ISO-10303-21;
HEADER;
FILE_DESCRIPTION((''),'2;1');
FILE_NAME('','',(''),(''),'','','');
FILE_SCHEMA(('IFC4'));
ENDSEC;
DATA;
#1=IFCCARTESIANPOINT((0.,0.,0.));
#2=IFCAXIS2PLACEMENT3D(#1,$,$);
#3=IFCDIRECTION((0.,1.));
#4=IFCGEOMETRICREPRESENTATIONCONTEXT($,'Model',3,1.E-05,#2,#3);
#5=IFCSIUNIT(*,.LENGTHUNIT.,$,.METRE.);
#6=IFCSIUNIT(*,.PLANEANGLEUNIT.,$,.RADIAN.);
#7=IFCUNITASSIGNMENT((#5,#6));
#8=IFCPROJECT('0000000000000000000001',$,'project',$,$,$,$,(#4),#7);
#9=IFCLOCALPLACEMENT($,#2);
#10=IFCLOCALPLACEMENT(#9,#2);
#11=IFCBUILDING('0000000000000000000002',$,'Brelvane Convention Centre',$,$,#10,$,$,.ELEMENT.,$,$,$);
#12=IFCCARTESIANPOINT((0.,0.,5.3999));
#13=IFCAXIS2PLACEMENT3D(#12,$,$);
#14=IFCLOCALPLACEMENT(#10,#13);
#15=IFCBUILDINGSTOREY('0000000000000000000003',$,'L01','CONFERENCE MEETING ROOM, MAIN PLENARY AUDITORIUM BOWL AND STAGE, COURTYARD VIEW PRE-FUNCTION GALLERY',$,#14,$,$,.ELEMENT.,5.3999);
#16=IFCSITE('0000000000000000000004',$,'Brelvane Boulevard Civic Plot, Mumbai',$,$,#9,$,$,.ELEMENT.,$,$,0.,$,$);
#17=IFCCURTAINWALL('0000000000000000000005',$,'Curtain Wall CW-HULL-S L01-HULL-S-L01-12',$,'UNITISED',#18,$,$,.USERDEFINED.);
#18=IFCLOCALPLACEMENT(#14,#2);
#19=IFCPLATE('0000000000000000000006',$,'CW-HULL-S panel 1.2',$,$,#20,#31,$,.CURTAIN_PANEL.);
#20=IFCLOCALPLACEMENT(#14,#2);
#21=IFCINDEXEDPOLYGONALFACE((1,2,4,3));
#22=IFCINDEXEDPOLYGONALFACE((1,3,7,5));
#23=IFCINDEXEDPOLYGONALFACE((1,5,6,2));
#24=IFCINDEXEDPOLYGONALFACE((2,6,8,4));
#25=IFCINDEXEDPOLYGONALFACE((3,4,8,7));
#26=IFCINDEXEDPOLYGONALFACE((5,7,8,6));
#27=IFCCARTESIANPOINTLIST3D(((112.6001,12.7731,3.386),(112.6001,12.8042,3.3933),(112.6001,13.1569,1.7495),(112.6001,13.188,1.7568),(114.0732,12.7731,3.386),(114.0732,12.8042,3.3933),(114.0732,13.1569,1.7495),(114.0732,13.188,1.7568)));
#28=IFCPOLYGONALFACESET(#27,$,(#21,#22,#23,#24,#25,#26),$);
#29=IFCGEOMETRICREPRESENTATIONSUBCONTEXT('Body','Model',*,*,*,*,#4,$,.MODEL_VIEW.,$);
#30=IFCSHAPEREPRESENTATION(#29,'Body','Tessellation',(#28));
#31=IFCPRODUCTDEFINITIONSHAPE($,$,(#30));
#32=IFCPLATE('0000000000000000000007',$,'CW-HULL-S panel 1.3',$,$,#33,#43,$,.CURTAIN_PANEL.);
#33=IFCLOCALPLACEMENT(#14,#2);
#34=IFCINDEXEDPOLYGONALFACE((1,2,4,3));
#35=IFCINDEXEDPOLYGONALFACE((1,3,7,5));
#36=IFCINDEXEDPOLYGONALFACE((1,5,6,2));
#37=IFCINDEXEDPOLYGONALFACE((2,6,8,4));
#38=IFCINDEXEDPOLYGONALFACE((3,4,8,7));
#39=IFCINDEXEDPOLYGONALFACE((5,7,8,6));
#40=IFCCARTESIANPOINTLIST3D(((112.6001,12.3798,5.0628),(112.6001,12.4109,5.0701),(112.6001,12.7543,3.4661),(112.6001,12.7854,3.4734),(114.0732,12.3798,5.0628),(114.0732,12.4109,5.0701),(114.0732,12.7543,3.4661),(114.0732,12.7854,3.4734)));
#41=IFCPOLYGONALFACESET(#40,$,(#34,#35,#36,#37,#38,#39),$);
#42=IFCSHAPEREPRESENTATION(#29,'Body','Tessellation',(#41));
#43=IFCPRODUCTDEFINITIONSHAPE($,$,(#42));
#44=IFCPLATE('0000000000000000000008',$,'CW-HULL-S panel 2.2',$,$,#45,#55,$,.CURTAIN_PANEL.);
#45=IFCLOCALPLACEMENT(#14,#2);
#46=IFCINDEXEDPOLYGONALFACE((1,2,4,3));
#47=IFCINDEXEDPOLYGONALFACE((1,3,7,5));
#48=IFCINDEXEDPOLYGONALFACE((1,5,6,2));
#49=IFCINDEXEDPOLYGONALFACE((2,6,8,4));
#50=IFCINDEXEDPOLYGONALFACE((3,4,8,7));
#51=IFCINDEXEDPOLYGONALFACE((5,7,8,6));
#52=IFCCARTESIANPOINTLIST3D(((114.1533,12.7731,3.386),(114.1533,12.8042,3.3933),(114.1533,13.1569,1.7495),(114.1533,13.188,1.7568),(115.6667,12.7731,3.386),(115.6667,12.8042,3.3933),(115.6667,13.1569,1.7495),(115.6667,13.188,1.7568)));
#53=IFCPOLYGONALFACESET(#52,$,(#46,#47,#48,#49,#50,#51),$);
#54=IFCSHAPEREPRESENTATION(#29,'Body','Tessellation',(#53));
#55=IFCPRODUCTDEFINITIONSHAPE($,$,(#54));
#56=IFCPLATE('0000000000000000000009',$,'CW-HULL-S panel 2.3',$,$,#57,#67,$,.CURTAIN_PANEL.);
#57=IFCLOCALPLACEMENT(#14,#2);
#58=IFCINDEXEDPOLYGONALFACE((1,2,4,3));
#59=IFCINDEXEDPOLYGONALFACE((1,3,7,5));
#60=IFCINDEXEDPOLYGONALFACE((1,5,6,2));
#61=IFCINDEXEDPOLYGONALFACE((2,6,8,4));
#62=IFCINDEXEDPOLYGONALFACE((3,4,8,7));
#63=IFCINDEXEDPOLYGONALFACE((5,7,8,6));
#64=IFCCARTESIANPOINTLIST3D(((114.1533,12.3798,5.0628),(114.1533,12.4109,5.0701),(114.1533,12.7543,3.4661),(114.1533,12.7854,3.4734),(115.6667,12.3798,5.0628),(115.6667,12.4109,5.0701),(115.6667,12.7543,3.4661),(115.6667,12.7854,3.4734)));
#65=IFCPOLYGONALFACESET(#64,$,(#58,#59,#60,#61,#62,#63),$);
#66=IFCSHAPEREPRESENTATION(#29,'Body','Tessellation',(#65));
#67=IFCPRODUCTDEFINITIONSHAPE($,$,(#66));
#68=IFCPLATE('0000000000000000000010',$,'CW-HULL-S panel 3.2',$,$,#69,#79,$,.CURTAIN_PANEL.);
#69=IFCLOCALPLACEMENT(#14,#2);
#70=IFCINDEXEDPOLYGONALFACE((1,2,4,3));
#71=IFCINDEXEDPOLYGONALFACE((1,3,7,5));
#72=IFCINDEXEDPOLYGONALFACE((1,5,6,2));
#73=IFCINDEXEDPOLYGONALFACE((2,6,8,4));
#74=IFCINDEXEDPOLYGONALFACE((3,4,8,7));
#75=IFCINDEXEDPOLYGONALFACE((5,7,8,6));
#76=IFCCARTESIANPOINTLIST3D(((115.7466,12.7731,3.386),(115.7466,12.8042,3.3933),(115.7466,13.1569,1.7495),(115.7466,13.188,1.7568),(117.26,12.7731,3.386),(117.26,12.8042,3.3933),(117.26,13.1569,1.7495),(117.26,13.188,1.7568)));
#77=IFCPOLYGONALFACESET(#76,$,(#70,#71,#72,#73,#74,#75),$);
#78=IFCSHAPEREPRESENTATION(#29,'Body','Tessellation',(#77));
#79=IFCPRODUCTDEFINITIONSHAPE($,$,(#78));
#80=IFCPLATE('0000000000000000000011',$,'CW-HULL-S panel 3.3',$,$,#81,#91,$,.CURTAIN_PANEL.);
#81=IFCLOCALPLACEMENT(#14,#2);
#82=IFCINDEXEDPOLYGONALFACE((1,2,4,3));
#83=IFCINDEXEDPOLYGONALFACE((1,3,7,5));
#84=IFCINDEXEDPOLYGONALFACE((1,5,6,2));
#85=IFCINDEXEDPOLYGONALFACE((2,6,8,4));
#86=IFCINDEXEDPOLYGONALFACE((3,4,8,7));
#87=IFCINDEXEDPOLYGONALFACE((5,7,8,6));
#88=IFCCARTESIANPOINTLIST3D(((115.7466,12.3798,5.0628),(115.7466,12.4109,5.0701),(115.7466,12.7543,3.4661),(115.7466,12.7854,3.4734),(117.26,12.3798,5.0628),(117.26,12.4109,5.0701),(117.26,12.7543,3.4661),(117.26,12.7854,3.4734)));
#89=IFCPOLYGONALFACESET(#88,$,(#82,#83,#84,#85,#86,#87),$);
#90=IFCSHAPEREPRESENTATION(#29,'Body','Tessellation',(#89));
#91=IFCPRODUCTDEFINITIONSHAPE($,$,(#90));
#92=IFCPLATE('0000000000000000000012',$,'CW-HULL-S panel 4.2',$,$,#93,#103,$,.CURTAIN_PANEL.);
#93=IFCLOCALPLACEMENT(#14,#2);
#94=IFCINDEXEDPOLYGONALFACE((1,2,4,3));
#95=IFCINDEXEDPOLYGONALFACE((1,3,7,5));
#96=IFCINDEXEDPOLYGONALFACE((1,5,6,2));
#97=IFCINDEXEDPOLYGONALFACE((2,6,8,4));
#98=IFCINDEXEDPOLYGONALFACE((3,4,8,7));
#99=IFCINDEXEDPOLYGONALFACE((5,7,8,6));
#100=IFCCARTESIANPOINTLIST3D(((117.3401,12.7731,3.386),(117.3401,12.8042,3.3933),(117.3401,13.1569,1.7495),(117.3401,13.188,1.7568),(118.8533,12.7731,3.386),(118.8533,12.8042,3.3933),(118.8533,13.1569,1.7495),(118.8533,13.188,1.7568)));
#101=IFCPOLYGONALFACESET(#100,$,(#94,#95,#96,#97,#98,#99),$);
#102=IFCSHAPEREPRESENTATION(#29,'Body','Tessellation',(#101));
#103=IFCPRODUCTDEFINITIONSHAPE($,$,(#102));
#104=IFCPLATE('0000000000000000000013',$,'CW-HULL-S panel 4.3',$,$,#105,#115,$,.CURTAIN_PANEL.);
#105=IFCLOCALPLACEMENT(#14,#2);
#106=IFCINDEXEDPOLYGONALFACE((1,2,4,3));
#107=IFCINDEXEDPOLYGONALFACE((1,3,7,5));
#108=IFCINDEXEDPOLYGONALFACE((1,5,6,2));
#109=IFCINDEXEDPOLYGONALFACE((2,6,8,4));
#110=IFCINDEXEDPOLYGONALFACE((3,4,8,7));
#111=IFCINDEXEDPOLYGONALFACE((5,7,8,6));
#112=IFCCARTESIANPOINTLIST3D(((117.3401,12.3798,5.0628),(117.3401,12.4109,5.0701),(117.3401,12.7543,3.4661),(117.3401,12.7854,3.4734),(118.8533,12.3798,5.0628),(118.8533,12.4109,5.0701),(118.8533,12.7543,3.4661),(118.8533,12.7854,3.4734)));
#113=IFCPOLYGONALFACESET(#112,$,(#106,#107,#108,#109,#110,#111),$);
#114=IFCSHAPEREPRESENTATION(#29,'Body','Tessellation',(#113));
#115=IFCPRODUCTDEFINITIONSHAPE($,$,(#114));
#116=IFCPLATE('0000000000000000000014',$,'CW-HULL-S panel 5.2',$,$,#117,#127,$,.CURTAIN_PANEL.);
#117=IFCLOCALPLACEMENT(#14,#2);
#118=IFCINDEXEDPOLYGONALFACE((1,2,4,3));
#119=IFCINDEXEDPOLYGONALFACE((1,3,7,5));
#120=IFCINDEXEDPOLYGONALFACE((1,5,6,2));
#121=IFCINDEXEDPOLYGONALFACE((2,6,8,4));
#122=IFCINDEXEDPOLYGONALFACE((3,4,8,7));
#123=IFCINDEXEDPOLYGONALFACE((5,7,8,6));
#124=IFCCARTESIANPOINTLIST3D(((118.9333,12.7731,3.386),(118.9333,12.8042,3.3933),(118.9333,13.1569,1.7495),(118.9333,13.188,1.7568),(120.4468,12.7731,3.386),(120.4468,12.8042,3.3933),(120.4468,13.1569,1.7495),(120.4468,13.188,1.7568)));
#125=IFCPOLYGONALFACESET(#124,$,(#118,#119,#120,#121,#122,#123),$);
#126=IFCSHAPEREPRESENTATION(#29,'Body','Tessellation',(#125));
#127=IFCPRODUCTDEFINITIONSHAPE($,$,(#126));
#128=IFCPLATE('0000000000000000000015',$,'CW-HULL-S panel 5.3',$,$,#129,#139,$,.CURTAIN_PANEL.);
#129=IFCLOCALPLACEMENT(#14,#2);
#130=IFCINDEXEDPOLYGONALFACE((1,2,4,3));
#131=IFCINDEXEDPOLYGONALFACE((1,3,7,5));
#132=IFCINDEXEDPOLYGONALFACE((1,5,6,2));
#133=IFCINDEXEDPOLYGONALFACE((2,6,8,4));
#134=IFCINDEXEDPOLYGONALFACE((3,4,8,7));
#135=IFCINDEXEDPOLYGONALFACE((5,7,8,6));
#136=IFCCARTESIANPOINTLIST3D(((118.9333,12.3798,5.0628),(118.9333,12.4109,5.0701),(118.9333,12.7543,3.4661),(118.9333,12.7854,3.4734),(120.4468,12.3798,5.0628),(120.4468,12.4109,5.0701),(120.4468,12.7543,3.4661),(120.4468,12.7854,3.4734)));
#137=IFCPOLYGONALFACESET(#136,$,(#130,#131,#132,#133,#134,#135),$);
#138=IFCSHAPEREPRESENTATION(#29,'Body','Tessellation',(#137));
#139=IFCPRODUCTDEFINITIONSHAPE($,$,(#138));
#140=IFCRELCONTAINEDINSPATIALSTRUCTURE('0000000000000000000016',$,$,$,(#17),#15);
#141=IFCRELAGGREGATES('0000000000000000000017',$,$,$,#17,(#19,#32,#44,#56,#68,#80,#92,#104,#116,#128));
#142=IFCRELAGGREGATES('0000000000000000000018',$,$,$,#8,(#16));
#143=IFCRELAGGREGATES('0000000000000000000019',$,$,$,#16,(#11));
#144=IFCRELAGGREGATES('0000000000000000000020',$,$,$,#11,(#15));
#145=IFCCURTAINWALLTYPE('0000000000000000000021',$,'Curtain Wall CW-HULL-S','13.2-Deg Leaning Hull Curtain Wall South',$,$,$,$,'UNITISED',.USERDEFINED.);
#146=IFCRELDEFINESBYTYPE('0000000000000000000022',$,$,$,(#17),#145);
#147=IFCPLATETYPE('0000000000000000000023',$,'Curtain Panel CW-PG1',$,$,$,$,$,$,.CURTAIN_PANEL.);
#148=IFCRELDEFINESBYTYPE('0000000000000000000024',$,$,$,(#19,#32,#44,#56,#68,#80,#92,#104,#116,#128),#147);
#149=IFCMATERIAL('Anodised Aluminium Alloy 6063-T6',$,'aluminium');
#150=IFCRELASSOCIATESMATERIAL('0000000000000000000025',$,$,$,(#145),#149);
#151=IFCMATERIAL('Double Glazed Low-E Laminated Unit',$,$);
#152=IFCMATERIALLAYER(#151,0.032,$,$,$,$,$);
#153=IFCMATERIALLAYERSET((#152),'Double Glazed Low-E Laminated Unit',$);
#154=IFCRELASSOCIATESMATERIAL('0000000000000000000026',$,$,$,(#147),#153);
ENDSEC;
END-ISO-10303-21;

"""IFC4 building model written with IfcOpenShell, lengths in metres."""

from ifc_helpers import new_model, si_unit, direction, frame, origin, place, context, subcontext, project, spatial, polyline, outline, extrude, material, layer, layer_set, type_object, element, aggregate, save


model = new_model("IFC4")

# Units and contexts
model_context = context("Model", 3, precision=1e-05, world=origin(), true_north=direction((0.0, 1.0)))
body_context = subcontext(model_context, "Body", "Model", "MODEL_VIEW")
ifc_project = project(units=[si_unit("LENGTHUNIT", "METRE"), si_unit("PLANEANGLEUNIT", "RADIAN")], contexts=[model_context])

# Site, building, storey
site_placement = place(None, origin())
site = spatial("IfcSite", under=ifc_project, at=site_placement, Name="Brelvane Boulevard Civic Plot, Mumbai", CompositionType="ELEMENT", RefElevation=0.0)
building_placement = place(site_placement, origin())
building = spatial("IfcBuilding", under=site, at=building_placement, Name="Brelvane Convention Centre", CompositionType="ELEMENT")
storey_placement = place(building_placement, frame((0.0, 0.0, 5.3999)))
storey = spatial("IfcBuildingStorey", under=building, at=storey_placement, Name="L01", Description="CONFERENCE MEETING ROOM, MAIN PLENARY AUDITORIUM BOWL AND STAGE, COURTYARD VIEW PRE-FUNCTION GALLERY", CompositionType="ELEMENT", Elevation=5.3999)

# Curtain wall
ifc_material_1 = material(Name="Anodised Aluminium Alloy 6063-T6", Category="aluminium")
curtain_wall_type = type_object("IfcCurtainWallType", Name="Curtain Wall CW-HULL-S", Description="13.2-Deg Leaning Hull Curtain Wall South", ElementType="UNITISED", PredefinedType="USERDEFINED", material=ifc_material_1)
curtain_wall_1_placement = place(storey_placement, origin())
curtain_wall_1 = element("IfcCurtainWall", 1, at=curtain_wall_1_placement, inside=storey, type_object=curtain_wall_type, Name="Curtain Wall CW-HULL-S L01-HULL-S-L01-12", ObjectType="UNITISED", PredefinedType="USERDEFINED")

# Plates
ifc_material_2 = material(Name="Double Glazed Low-E Laminated Unit")
ifc_layer = layer(ifc_material_2, 0.032)
ifc_layer_set = layer_set([ifc_layer], Name="Double Glazed Low-E Laminated Unit")
plate_type = type_object("IfcPlateType", Name="Curtain Panel CW-PG1", PredefinedType="CURTAIN_PANEL", material=ifc_layer_set)
plate_1_placement = place(storey_placement, frame((112.6001, 13.188, 1.7568), z_axis=(0.0, 0.973585, 0.228327), x_axis=(1.0, 0.0, 0.0)))
plate_1 = element("IfcPlate", 2, at=plate_1_placement, type_object=plate_type, Name="CW-HULL-S panel 1.2", PredefinedType="CURTAIN_PANEL", context=body_context, shape_type="SweptSolid", body=[
    extrude(outline(polyline([(0.0, 0.0), (1.4731, 0.0), (1.4731, -1.6809), (0.0, -1.6809), (0.0, 0.0)])), origin(), (0.0, 0.0, -1.0), 0.032),
])
plate_2_placement = place(storey_placement, frame((112.6001, 12.7854, 3.4734), z_axis=(0.0, 0.973577, 0.228359), x_axis=(1.0, 0.0, 0.0)))
plate_2 = element("IfcPlate", 3, at=plate_2_placement, type_object=plate_type, Name="CW-HULL-S panel 1.3", PredefinedType="CURTAIN_PANEL", context=body_context, shape_type="SweptSolid", body=[
    extrude(outline(polyline([(0.0, 0.0), (1.4731, 0.0), (1.4731, -1.64), (0.0, -1.64), (0.0, 0.0)])), origin(), (0.0, 0.0, -1.0), 0.032),
])
plate_3_placement = place(storey_placement, frame((114.1533, 13.188, 1.7568), z_axis=(0.0, 0.973585, 0.228327), x_axis=(1.0, 0.0, 0.0)))
plate_3 = element("IfcPlate", 4, at=plate_3_placement, type_object=plate_type, Name="CW-HULL-S panel 2.2", PredefinedType="CURTAIN_PANEL", context=body_context, shape_type="SweptSolid", body=[
    extrude(outline(polyline([(0.0, 0.0), (1.5134, 0.0), (1.5134, -1.6809), (0.0, -1.6809), (0.0, 0.0)])), origin(), (0.0, 0.0, -1.0), 0.032),
])
plate_4_placement = place(storey_placement, frame((114.1533, 12.7854, 3.4734), z_axis=(0.0, 0.973577, 0.228359), x_axis=(1.0, 0.0, 0.0)))
plate_4 = element("IfcPlate", 5, at=plate_4_placement, type_object=plate_type, Name="CW-HULL-S panel 2.3", PredefinedType="CURTAIN_PANEL", context=body_context, shape_type="SweptSolid", body=[
    extrude(outline(polyline([(0.0, 0.0), (1.5134, 0.0), (1.5134, -1.64), (0.0, -1.64), (0.0, 0.0)])), origin(), (0.0, 0.0, -1.0), 0.032),
])
plate_5_placement = place(storey_placement, frame((115.7466, 13.188, 1.7568), z_axis=(0.0, 0.973585, 0.228327), x_axis=(1.0, 0.0, 0.0)))
plate_5 = element("IfcPlate", 6, at=plate_5_placement, type_object=plate_type, Name="CW-HULL-S panel 3.2", PredefinedType="CURTAIN_PANEL", context=body_context, shape_type="SweptSolid", body=[
    extrude(outline(polyline([(0.0, 0.0), (1.5134, 0.0), (1.5134, -1.6809), (0.0, -1.6809), (0.0, 0.0)])), origin(), (0.0, 0.0, -1.0), 0.032),
])
plate_6_placement = place(storey_placement, frame((115.7466, 12.7854, 3.4734), z_axis=(0.0, 0.973577, 0.228359), x_axis=(1.0, 0.0, 0.0)))
plate_6 = element("IfcPlate", 7, at=plate_6_placement, type_object=plate_type, Name="CW-HULL-S panel 3.3", PredefinedType="CURTAIN_PANEL", context=body_context, shape_type="SweptSolid", body=[
    extrude(outline(polyline([(0.0, 0.0), (1.5134, 0.0), (1.5134, -1.64), (0.0, -1.64), (0.0, 0.0)])), origin(), (0.0, 0.0, -1.0), 0.032),
])
plate_7_placement = place(storey_placement, frame((117.3401, 13.188, 1.7568), z_axis=(0.0, 0.973585, 0.228327), x_axis=(1.0, 0.0, 0.0)))
plate_7 = element("IfcPlate", 8, at=plate_7_placement, type_object=plate_type, Name="CW-HULL-S panel 4.2", PredefinedType="CURTAIN_PANEL", context=body_context, shape_type="SweptSolid", body=[
    extrude(outline(polyline([(0.0, 0.0), (1.5132, 0.0), (1.5132, -1.6809), (0.0, -1.6809), (0.0, 0.0)])), origin(), (0.0, 0.0, -1.0), 0.032),
])
plate_8_placement = place(storey_placement, frame((117.3401, 12.7854, 3.4734), z_axis=(0.0, 0.973577, 0.228359), x_axis=(1.0, 0.0, 0.0)))
plate_8 = element("IfcPlate", 9, at=plate_8_placement, type_object=plate_type, Name="CW-HULL-S panel 4.3", PredefinedType="CURTAIN_PANEL", context=body_context, shape_type="SweptSolid", body=[
    extrude(outline(polyline([(0.0, 0.0), (1.5132, 0.0), (1.5132, -1.64), (0.0, -1.64), (0.0, 0.0)])), origin(), (0.0, 0.0, -1.0), 0.032),
])
plate_9_placement = place(storey_placement, frame((118.9333, 13.188, 1.7568), z_axis=(0.0, 0.973585, 0.228327), x_axis=(1.0, 0.0, 0.0)))
plate_9 = element("IfcPlate", 10, at=plate_9_placement, type_object=plate_type, Name="CW-HULL-S panel 5.2", PredefinedType="CURTAIN_PANEL", context=body_context, shape_type="SweptSolid", body=[
    extrude(outline(polyline([(0.0, 0.0), (1.5134, 0.0), (1.5134, -1.6809), (0.0, -1.6809), (0.0, 0.0)])), origin(), (0.0, 0.0, -1.0), 0.032),
])
plate_10_placement = place(storey_placement, frame((118.9333, 12.7854, 3.4734), z_axis=(0.0, 0.973577, 0.228359), x_axis=(1.0, 0.0, 0.0)))
plate_10 = element("IfcPlate", 11, at=plate_10_placement, type_object=plate_type, Name="CW-HULL-S panel 5.3", PredefinedType="CURTAIN_PANEL", context=body_context, shape_type="SweptSolid", body=[
    extrude(outline(polyline([(0.0, 0.0), (1.5134, 0.0), (1.5134, -1.64), (0.0, -1.64), (0.0, 0.0)])), origin(), (0.0, 0.0, -1.0), 0.032),
])
aggregate(curtain_wall_1, [plate_1, plate_2, plate_3, plate_4, plate_5, plate_6, plate_7, plate_8, plate_9, plate_10])

save(model, "model.ifc")
